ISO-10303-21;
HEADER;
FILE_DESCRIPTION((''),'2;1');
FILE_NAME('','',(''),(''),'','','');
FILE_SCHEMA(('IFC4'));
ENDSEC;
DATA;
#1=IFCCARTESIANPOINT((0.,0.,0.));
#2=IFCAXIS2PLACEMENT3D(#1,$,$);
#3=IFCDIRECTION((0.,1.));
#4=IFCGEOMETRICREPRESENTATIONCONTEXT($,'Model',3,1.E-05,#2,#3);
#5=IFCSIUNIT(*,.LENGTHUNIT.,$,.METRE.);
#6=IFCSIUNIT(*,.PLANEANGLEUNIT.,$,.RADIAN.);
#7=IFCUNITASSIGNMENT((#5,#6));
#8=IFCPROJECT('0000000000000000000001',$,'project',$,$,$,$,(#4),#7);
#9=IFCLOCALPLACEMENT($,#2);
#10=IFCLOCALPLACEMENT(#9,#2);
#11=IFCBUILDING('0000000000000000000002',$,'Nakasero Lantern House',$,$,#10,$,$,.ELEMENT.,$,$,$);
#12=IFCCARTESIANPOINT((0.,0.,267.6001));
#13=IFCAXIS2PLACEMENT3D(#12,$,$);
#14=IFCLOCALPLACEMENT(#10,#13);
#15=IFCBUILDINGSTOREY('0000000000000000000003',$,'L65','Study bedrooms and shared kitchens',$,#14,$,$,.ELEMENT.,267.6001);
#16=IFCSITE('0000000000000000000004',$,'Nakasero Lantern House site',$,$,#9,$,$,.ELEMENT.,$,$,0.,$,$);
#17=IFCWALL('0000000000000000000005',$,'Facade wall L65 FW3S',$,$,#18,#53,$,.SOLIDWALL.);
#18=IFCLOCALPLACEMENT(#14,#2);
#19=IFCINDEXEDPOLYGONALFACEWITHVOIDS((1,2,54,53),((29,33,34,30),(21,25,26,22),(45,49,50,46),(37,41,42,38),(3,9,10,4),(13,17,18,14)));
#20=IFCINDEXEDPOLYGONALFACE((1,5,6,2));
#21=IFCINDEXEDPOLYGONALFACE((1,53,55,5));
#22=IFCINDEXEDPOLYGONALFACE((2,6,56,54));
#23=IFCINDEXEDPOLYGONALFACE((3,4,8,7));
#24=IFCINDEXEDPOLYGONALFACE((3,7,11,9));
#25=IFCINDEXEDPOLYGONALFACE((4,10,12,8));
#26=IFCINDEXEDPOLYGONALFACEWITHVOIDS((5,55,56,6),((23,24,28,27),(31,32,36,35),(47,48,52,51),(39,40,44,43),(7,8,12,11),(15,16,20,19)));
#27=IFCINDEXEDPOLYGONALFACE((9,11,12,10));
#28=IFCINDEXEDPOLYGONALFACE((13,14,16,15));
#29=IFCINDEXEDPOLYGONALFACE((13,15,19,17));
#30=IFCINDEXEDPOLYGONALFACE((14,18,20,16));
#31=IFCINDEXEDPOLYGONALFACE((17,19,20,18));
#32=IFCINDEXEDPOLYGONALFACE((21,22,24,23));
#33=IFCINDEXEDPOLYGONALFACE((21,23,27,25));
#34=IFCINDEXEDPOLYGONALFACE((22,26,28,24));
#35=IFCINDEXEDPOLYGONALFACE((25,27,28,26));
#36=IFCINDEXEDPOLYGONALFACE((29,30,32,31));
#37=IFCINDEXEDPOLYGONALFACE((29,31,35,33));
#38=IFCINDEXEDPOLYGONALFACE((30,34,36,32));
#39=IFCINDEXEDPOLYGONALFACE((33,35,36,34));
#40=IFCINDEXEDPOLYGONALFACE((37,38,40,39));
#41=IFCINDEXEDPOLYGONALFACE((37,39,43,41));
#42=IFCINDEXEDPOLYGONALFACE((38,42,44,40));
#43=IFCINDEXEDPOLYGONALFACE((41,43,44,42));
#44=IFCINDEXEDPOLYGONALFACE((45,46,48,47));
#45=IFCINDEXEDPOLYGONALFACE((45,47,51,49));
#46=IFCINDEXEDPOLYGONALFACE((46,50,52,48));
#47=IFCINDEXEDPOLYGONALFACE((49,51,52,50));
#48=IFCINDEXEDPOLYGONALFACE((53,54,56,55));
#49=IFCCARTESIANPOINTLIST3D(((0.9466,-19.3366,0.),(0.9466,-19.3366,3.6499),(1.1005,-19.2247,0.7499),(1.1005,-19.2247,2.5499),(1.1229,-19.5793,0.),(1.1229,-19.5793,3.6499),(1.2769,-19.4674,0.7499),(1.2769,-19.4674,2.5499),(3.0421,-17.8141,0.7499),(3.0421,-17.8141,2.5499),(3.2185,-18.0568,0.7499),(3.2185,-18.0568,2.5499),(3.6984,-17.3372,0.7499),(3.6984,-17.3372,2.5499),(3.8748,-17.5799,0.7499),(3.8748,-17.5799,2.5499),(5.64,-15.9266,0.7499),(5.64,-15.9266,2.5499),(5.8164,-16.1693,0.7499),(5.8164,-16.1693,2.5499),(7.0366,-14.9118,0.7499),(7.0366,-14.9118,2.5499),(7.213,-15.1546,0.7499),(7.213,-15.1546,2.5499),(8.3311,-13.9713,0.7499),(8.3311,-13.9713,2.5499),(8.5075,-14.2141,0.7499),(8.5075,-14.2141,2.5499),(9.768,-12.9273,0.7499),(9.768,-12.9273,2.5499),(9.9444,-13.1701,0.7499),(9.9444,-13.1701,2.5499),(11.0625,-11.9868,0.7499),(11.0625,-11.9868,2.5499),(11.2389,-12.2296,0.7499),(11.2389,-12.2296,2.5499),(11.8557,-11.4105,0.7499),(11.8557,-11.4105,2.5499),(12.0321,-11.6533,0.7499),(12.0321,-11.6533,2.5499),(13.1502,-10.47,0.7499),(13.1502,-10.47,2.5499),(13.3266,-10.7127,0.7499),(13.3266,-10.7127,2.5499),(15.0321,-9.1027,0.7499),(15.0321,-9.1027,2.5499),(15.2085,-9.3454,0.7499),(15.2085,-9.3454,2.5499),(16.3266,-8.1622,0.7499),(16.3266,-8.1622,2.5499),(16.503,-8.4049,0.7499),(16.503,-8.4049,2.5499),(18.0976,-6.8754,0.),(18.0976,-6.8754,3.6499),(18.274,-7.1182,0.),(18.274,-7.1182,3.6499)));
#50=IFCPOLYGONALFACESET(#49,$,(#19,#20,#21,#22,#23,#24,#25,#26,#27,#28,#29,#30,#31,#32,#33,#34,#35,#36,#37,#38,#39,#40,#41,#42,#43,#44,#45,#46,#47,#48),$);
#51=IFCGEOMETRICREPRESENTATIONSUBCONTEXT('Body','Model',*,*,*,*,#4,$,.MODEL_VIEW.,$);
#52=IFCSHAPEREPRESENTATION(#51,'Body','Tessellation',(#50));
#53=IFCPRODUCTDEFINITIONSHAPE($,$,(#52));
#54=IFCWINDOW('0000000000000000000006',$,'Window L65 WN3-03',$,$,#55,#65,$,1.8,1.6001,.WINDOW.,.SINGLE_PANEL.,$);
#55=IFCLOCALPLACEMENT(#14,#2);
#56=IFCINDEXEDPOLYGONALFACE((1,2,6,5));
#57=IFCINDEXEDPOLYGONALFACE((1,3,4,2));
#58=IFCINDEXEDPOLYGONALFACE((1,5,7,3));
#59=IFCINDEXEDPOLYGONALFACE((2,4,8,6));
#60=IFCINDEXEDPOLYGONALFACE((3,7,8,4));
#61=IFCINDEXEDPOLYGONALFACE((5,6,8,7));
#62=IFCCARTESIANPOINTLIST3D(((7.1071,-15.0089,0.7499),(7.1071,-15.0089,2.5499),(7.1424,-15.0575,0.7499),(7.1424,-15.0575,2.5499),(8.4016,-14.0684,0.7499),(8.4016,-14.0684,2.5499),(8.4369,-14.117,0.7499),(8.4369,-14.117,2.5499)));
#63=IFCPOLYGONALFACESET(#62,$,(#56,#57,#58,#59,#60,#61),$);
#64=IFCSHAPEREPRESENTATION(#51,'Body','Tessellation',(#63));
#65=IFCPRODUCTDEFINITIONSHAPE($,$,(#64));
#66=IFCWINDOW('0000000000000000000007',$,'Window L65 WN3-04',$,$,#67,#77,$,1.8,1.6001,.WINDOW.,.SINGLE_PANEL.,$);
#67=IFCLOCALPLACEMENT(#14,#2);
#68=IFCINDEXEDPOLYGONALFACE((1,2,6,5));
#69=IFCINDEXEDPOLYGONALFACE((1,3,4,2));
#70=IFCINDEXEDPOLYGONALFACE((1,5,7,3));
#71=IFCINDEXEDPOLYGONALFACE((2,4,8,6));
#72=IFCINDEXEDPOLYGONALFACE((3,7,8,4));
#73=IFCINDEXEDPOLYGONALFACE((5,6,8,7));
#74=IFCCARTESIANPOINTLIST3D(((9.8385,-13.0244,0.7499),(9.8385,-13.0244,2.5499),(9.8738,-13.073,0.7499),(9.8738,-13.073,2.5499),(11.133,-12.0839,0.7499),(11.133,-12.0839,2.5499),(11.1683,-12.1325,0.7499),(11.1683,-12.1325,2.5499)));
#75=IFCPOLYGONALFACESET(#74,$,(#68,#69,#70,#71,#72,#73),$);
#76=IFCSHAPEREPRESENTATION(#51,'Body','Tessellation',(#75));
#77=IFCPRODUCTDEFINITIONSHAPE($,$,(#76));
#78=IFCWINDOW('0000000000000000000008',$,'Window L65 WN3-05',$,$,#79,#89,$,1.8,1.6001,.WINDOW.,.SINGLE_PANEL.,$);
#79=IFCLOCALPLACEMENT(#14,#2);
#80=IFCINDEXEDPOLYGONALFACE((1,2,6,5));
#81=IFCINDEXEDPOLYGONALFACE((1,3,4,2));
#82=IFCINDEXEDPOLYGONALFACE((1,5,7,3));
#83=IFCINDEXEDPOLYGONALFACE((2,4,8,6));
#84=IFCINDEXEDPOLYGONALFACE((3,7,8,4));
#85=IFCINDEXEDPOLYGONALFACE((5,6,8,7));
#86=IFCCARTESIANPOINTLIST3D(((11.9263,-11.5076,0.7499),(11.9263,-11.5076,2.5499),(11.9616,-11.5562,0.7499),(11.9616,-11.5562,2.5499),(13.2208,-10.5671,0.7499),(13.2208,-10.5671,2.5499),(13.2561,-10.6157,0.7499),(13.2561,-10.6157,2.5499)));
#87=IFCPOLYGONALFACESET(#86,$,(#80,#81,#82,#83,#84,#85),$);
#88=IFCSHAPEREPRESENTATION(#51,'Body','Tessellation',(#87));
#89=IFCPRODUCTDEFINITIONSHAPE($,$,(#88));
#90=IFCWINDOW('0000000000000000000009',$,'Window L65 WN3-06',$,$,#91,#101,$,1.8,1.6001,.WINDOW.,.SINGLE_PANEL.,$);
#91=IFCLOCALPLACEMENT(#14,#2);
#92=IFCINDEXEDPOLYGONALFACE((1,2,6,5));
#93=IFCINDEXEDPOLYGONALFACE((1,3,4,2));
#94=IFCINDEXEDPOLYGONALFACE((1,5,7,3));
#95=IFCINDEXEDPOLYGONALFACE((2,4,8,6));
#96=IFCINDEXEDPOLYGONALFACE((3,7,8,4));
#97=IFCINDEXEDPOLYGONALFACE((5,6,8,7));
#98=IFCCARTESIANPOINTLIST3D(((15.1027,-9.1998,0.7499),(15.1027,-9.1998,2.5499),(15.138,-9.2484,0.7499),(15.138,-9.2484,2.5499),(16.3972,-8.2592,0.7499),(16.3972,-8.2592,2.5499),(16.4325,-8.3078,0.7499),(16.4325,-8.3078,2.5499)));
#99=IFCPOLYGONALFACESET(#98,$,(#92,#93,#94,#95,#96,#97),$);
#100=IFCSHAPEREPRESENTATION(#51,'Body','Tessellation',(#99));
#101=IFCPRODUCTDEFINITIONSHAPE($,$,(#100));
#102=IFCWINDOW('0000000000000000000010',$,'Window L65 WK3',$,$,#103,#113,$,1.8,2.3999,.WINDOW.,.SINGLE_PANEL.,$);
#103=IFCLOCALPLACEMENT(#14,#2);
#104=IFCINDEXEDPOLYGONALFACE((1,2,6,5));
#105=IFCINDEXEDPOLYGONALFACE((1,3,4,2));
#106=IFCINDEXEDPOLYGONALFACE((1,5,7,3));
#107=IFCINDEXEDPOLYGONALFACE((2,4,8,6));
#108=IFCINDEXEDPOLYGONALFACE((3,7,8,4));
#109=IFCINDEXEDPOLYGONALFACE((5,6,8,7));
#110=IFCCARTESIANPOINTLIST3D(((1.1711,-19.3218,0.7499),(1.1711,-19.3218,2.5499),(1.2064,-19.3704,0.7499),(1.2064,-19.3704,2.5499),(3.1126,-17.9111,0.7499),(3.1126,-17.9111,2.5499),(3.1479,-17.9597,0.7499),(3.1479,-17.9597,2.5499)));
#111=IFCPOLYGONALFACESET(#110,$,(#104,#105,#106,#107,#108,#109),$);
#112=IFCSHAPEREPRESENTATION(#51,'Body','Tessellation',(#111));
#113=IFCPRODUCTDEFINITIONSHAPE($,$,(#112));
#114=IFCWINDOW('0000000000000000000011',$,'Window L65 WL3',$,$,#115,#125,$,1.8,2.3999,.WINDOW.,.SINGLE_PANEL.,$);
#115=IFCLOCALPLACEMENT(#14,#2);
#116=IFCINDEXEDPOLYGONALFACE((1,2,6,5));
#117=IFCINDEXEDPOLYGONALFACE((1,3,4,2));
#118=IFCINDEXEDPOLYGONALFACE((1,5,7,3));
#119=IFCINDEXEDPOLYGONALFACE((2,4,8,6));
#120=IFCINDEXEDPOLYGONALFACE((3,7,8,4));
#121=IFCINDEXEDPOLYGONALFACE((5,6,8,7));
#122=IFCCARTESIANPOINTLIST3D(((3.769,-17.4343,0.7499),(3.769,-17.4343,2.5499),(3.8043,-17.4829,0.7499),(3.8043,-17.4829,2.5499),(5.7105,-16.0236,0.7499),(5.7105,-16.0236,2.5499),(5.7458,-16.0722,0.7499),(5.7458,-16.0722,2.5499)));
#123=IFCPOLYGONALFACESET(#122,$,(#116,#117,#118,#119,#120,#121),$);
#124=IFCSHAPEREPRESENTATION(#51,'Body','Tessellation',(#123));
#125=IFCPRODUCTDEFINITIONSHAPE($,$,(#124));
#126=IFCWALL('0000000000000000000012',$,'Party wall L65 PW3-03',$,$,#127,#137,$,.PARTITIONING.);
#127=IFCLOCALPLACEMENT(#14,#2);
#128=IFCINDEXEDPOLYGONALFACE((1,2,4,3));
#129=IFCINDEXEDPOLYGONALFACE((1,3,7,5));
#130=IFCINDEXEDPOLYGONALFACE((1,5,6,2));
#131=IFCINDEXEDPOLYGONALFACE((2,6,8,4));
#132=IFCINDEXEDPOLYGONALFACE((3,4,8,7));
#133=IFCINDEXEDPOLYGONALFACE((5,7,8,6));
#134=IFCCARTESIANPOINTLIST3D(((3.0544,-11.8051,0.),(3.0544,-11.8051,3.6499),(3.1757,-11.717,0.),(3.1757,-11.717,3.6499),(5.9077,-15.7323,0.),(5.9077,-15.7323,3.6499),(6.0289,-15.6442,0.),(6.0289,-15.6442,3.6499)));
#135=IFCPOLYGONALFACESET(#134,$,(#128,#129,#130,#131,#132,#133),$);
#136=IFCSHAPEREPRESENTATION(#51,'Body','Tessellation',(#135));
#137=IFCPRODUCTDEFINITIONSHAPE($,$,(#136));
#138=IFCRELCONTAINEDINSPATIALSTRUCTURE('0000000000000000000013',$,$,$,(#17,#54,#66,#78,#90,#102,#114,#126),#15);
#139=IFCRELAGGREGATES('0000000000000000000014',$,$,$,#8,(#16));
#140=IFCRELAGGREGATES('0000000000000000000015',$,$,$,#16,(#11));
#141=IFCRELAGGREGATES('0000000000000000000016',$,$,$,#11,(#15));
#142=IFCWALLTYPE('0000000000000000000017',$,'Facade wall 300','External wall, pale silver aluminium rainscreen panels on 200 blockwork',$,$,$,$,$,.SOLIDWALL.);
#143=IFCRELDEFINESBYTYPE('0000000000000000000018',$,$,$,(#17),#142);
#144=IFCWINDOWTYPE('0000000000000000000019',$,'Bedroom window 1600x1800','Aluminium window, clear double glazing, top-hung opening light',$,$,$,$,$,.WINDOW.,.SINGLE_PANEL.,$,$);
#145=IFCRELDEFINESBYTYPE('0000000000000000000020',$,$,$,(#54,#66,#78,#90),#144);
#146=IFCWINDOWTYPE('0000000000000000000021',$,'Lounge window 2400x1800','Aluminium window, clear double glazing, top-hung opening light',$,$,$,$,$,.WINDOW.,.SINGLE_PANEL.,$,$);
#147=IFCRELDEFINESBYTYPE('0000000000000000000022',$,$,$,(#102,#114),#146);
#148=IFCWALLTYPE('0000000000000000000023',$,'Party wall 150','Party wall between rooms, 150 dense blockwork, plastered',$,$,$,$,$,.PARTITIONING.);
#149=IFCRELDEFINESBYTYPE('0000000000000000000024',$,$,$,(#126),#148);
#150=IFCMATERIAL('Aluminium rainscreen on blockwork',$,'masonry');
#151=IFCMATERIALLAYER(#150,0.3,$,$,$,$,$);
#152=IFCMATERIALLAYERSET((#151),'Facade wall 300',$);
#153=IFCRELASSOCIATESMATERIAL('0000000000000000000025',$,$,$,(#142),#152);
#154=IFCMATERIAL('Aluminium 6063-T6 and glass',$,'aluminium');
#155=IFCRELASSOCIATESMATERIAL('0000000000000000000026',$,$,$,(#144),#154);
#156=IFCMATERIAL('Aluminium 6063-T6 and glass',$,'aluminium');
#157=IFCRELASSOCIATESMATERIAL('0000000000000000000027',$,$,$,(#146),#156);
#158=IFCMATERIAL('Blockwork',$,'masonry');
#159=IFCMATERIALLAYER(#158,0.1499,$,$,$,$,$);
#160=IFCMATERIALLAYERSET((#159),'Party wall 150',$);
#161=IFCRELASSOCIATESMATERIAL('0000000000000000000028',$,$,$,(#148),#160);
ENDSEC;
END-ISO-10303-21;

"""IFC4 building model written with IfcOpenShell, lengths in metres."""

from ifc_helpers import new_model, si_unit, direction, frame, frame_2d, origin, place, context, subcontext, project, spatial, rectangle, extrude, material, layer, layer_set, type_object, element, fill, save


model = new_model("IFC4")

# Units and contexts
model_context = context("Model", 3, precision=1e-05, world=origin(), true_north=direction((0.0, 1.0)))
body_context = subcontext(model_context, "Body", "Model", "MODEL_VIEW")
ifc_project = project(units=[si_unit("LENGTHUNIT", "METRE"), si_unit("PLANEANGLEUNIT", "RADIAN")], contexts=[model_context])

# Site, building, storey
site_placement = place(None, origin())
site = spatial("IfcSite", under=ifc_project, at=site_placement, Name="Nakasero Lantern House site", CompositionType="ELEMENT", RefElevation=0.0)
building_placement = place(site_placement, origin())
building = spatial("IfcBuilding", under=site, at=building_placement, Name="Nakasero Lantern House", CompositionType="ELEMENT")
storey_placement = place(building_placement, frame((0.0, 0.0, 267.6001)))
storey = spatial("IfcBuildingStorey", under=building, at=storey_placement, Name="L65", Description="Study bedrooms and shared kitchens", CompositionType="ELEMENT", Elevation=267.6001)

# Wall, openings, windows
ifc_material_1 = material(Name="Aluminium rainscreen on blockwork", Category="masonry")
ifc_layer_1 = layer(ifc_material_1, 0.3)
ifc_layer_set_1 = layer_set([ifc_layer_1], Name="Facade wall 300")
wall_type_1 = type_object("IfcWallType", Name="Facade wall 300", Description="External wall, pale silver aluminium rainscreen panels on 200 blockwork", PredefinedType="SOLIDWALL", material=ifc_layer_set_1)
wall_1_placement = place(storey_placement, frame((1.0347, -19.458, 0.0), z_axis=(0.0, 0.0, 1.0), x_axis=(0.809013, 0.58779, 0.0)))
wall_1 = element("IfcWall", 1, at=wall_1_placement, inside=storey, type_object=wall_type_1, Name="Facade wall L65 FW3S", PredefinedType="SOLIDWALL", context=body_context, shape_type="SweptSolid", body=[
    extrude(rectangle(XDim=21.2, YDim=0.3, at=frame_2d((10.6001, 0.0))), origin(), (0.0, 0.0, 1.0), 3.6499),
])
opening_1_placement = place(wall_1_placement, frame((7.5278, 0.0, 0.75)))
opening_1 = element("IfcOpeningElement", 2, at=opening_1_placement, cuts=wall_1, PredefinedType="OPENING", context=body_context, shape_type="SweptSolid", body=[
    extrude(rectangle(XDim=1.6001, YDim=1.8, at=frame_2d((0.8, 0.8999))), frame((0.0, 0.1699, 0.0), z_axis=(0.0, -1.0, 0.0), x_axis=(1.0, 0.0, 0.0)), (0.0, 0.0, 1.0), 0.3401),
])
opening_2_placement = place(wall_1_placement, frame((10.9041, 0.0, 0.75)))
opening_2 = element("IfcOpeningElement", 3, at=opening_2_placement, cuts=wall_1, PredefinedType="OPENING", context=body_context, shape_type="SweptSolid", body=[
    extrude(rectangle(XDim=1.6001, YDim=1.8, at=frame_2d((0.8, 0.8999))), frame((0.0, 0.1699, 0.0), z_axis=(0.0, -1.0, 0.0), x_axis=(1.0, 0.0, 0.0)), (0.0, 0.0, 1.0), 0.3401),
])
opening_3_placement = place(wall_1_placement, frame((13.4846, 0.0, 0.75)))
opening_3 = element("IfcOpeningElement", 4, at=opening_3_placement, cuts=wall_1, PredefinedType="OPENING", context=body_context, shape_type="SweptSolid", body=[
    extrude(rectangle(XDim=1.6001, YDim=1.8, at=frame_2d((0.8, 0.8999))), frame((0.0, 0.1699, 0.0), z_axis=(0.0, -1.0, 0.0), x_axis=(1.0, 0.0, 0.0)), (0.0, 0.0, 1.0), 0.3401),
])
opening_4_placement = place(wall_1_placement, frame((17.4109, 0.0, 0.75)))
opening_4 = element("IfcOpeningElement", 5, at=opening_4_placement, cuts=wall_1, PredefinedType="OPENING", context=body_context, shape_type="SweptSolid", body=[
    extrude(rectangle(XDim=1.6001, YDim=1.8, at=frame_2d((0.8, 0.8999))), frame((0.0, 0.1699, 0.0), z_axis=(0.0, -1.0, 0.0), x_axis=(1.0, 0.0, 0.0)), (0.0, 0.0, 1.0), 0.3401),
])
opening_5_placement = place(wall_1_placement, frame((0.1904, 0.0, 0.75)))
opening_5 = element("IfcOpeningElement", 6, at=opening_5_placement, cuts=wall_1, PredefinedType="OPENING", context=body_context, shape_type="SweptSolid", body=[
    extrude(rectangle(XDim=2.3999, YDim=1.8, at=frame_2d((1.2, 0.8999))), frame((0.0, 0.1699, 0.0), z_axis=(0.0, -1.0, 0.0), x_axis=(1.0, 0.0, 0.0)), (0.0, 0.0, 1.0), 0.3401),
])
opening_6_placement = place(wall_1_placement, frame((3.4016, 0.0, 0.75)))
opening_6 = element("IfcOpeningElement", 7, at=opening_6_placement, cuts=wall_1, PredefinedType="OPENING", context=body_context, shape_type="SweptSolid", body=[
    extrude(rectangle(XDim=2.3999, YDim=1.8, at=frame_2d((1.2, 0.8999))), frame((0.0, 0.1699, 0.0), z_axis=(0.0, -1.0, 0.0), x_axis=(1.0, 0.0, 0.0)), (0.0, 0.0, 1.0), 0.3401),
])
ifc_material_2 = material(Name="Aluminium 6063-T6 and glass", Category="aluminium")
window_type_1 = type_object("IfcWindowType", Name="Bedroom window 1600x1800", Description="Aluminium window, clear double glazing, top-hung opening light", PartitioningType="SINGLE_PANEL", PredefinedType="WINDOW", material=ifc_material_2)
window_1_placement = place(opening_1_placement, origin())
window_1 = element("IfcWindow", 8, at=window_1_placement, inside=storey, type_object=window_type_1, Name="Window L65 WN3-03", OverallHeight=1.8, OverallWidth=1.6001, PartitioningType="SINGLE_PANEL", PredefinedType="WINDOW", context=body_context, shape_type="SweptSolid", body=[
    extrude(rectangle(XDim=1.6001, YDim=1.8, at=frame_2d((0.8, 0.8999))), frame((0.0, 0.03, 0.0), z_axis=(0.0, -1.0, 0.0), x_axis=(1.0, 0.0, 0.0)), (0.0, 0.0, 1.0), 0.0601),
])
fill(opening_1, window_1)
window_2_placement = place(opening_2_placement, origin())
window_2 = element("IfcWindow", 9, at=window_2_placement, inside=storey, type_object=window_type_1, Name="Window L65 WN3-04", OverallHeight=1.8, OverallWidth=1.6001, PartitioningType="SINGLE_PANEL", PredefinedType="WINDOW", context=body_context, shape_type="SweptSolid", body=[
    extrude(rectangle(XDim=1.6001, YDim=1.8, at=frame_2d((0.8, 0.8999))), frame((0.0, 0.03, 0.0), z_axis=(0.0, -1.0, 0.0), x_axis=(1.0, 0.0, 0.0)), (0.0, 0.0, 1.0), 0.0601),
])
fill(opening_2, window_2)
window_3_placement = place(opening_3_placement, origin())
window_3 = element("IfcWindow", 10, at=window_3_placement, inside=storey, type_object=window_type_1, Name="Window L65 WN3-05", OverallHeight=1.8, OverallWidth=1.6001, PartitioningType="SINGLE_PANEL", PredefinedType="WINDOW", context=body_context, shape_type="SweptSolid", body=[
    extrude(rectangle(XDim=1.6001, YDim=1.8, at=frame_2d((0.8, 0.8999))), frame((0.0, 0.03, 0.0), z_axis=(0.0, -1.0, 0.0), x_axis=(1.0, 0.0, 0.0)), (0.0, 0.0, 1.0), 0.0601),
])
fill(opening_3, window_3)
window_4_placement = place(opening_4_placement, origin())
window_4 = element("IfcWindow", 11, at=window_4_placement, inside=storey, type_object=window_type_1, Name="Window L65 WN3-06", OverallHeight=1.8, OverallWidth=1.6001, PartitioningType="SINGLE_PANEL", PredefinedType="WINDOW", context=body_context, shape_type="SweptSolid", body=[
    extrude(rectangle(XDim=1.6001, YDim=1.8, at=frame_2d((0.8, 0.8999))), frame((0.0, 0.03, 0.0), z_axis=(0.0, -1.0, 0.0), x_axis=(1.0, 0.0, 0.0)), (0.0, 0.0, 1.0), 0.0601),
])
fill(opening_4, window_4)
ifc_material_3 = material(Name="Aluminium 6063-T6 and glass", Category="aluminium")
window_type_2 = type_object("IfcWindowType", Name="Lounge window 2400x1800", Description="Aluminium window, clear double glazing, top-hung opening light", PartitioningType="SINGLE_PANEL", PredefinedType="WINDOW", material=ifc_material_3)
window_5_placement = place(opening_5_placement, origin())
window_5 = element("IfcWindow", 12, at=window_5_placement, inside=storey, type_object=window_type_2, Name="Window L65 WK3", OverallHeight=1.8, OverallWidth=2.3999, PartitioningType="SINGLE_PANEL", PredefinedType="WINDOW", context=body_context, shape_type="SweptSolid", body=[
    extrude(rectangle(XDim=2.3999, YDim=1.8, at=frame_2d((1.2, 0.8999))), frame((0.0, 0.03, 0.0), z_axis=(0.0, -1.0, 0.0), x_axis=(1.0, 0.0, 0.0)), (0.0, 0.0, 1.0), 0.0601),
])
fill(opening_5, window_5)
window_6_placement = place(opening_6_placement, origin())
window_6 = element("IfcWindow", 13, at=window_6_placement, inside=storey, type_object=window_type_2, Name="Window L65 WL3", OverallHeight=1.8, OverallWidth=2.3999, PartitioningType="SINGLE_PANEL", PredefinedType="WINDOW", context=body_context, shape_type="SweptSolid", body=[
    extrude(rectangle(XDim=2.3999, YDim=1.8, at=frame_2d((1.2, 0.8999))), frame((0.0, 0.03, 0.0), z_axis=(0.0, -1.0, 0.0), x_axis=(1.0, 0.0, 0.0)), (0.0, 0.0, 1.0), 0.0601),
])
fill(opening_6, window_6)

# Wall
ifc_material_4 = material(Name="Blockwork", Category="masonry")
ifc_layer_2 = layer(ifc_material_4, 0.1499)
ifc_layer_set_2 = layer_set([ifc_layer_2], Name="Party wall 150")
wall_type_2 = type_object("IfcWallType", Name="Party wall 150", Description="Party wall between rooms, 150 dense blockwork, plastered", PredefinedType="PARTITIONING", material=ifc_layer_set_2)
wall_2_placement = place(storey_placement, frame((3.115, -11.761, 0.0), z_axis=(0.0, 0.0, 1.0), x_axis=(0.58778, -0.809021, 0.0)))
element("IfcWall", 14, at=wall_2_placement, inside=storey, type_object=wall_type_2, Name="Party wall L65 PW3-03", PredefinedType="PARTITIONING", context=body_context, shape_type="SweptSolid", body=[
    extrude(rectangle(XDim=4.8542, YDim=0.1499, at=frame_2d((2.4272, 0.0))), origin(), (0.0, 0.0, 1.0), 3.6499),
])

save(model, "model.ifc")
